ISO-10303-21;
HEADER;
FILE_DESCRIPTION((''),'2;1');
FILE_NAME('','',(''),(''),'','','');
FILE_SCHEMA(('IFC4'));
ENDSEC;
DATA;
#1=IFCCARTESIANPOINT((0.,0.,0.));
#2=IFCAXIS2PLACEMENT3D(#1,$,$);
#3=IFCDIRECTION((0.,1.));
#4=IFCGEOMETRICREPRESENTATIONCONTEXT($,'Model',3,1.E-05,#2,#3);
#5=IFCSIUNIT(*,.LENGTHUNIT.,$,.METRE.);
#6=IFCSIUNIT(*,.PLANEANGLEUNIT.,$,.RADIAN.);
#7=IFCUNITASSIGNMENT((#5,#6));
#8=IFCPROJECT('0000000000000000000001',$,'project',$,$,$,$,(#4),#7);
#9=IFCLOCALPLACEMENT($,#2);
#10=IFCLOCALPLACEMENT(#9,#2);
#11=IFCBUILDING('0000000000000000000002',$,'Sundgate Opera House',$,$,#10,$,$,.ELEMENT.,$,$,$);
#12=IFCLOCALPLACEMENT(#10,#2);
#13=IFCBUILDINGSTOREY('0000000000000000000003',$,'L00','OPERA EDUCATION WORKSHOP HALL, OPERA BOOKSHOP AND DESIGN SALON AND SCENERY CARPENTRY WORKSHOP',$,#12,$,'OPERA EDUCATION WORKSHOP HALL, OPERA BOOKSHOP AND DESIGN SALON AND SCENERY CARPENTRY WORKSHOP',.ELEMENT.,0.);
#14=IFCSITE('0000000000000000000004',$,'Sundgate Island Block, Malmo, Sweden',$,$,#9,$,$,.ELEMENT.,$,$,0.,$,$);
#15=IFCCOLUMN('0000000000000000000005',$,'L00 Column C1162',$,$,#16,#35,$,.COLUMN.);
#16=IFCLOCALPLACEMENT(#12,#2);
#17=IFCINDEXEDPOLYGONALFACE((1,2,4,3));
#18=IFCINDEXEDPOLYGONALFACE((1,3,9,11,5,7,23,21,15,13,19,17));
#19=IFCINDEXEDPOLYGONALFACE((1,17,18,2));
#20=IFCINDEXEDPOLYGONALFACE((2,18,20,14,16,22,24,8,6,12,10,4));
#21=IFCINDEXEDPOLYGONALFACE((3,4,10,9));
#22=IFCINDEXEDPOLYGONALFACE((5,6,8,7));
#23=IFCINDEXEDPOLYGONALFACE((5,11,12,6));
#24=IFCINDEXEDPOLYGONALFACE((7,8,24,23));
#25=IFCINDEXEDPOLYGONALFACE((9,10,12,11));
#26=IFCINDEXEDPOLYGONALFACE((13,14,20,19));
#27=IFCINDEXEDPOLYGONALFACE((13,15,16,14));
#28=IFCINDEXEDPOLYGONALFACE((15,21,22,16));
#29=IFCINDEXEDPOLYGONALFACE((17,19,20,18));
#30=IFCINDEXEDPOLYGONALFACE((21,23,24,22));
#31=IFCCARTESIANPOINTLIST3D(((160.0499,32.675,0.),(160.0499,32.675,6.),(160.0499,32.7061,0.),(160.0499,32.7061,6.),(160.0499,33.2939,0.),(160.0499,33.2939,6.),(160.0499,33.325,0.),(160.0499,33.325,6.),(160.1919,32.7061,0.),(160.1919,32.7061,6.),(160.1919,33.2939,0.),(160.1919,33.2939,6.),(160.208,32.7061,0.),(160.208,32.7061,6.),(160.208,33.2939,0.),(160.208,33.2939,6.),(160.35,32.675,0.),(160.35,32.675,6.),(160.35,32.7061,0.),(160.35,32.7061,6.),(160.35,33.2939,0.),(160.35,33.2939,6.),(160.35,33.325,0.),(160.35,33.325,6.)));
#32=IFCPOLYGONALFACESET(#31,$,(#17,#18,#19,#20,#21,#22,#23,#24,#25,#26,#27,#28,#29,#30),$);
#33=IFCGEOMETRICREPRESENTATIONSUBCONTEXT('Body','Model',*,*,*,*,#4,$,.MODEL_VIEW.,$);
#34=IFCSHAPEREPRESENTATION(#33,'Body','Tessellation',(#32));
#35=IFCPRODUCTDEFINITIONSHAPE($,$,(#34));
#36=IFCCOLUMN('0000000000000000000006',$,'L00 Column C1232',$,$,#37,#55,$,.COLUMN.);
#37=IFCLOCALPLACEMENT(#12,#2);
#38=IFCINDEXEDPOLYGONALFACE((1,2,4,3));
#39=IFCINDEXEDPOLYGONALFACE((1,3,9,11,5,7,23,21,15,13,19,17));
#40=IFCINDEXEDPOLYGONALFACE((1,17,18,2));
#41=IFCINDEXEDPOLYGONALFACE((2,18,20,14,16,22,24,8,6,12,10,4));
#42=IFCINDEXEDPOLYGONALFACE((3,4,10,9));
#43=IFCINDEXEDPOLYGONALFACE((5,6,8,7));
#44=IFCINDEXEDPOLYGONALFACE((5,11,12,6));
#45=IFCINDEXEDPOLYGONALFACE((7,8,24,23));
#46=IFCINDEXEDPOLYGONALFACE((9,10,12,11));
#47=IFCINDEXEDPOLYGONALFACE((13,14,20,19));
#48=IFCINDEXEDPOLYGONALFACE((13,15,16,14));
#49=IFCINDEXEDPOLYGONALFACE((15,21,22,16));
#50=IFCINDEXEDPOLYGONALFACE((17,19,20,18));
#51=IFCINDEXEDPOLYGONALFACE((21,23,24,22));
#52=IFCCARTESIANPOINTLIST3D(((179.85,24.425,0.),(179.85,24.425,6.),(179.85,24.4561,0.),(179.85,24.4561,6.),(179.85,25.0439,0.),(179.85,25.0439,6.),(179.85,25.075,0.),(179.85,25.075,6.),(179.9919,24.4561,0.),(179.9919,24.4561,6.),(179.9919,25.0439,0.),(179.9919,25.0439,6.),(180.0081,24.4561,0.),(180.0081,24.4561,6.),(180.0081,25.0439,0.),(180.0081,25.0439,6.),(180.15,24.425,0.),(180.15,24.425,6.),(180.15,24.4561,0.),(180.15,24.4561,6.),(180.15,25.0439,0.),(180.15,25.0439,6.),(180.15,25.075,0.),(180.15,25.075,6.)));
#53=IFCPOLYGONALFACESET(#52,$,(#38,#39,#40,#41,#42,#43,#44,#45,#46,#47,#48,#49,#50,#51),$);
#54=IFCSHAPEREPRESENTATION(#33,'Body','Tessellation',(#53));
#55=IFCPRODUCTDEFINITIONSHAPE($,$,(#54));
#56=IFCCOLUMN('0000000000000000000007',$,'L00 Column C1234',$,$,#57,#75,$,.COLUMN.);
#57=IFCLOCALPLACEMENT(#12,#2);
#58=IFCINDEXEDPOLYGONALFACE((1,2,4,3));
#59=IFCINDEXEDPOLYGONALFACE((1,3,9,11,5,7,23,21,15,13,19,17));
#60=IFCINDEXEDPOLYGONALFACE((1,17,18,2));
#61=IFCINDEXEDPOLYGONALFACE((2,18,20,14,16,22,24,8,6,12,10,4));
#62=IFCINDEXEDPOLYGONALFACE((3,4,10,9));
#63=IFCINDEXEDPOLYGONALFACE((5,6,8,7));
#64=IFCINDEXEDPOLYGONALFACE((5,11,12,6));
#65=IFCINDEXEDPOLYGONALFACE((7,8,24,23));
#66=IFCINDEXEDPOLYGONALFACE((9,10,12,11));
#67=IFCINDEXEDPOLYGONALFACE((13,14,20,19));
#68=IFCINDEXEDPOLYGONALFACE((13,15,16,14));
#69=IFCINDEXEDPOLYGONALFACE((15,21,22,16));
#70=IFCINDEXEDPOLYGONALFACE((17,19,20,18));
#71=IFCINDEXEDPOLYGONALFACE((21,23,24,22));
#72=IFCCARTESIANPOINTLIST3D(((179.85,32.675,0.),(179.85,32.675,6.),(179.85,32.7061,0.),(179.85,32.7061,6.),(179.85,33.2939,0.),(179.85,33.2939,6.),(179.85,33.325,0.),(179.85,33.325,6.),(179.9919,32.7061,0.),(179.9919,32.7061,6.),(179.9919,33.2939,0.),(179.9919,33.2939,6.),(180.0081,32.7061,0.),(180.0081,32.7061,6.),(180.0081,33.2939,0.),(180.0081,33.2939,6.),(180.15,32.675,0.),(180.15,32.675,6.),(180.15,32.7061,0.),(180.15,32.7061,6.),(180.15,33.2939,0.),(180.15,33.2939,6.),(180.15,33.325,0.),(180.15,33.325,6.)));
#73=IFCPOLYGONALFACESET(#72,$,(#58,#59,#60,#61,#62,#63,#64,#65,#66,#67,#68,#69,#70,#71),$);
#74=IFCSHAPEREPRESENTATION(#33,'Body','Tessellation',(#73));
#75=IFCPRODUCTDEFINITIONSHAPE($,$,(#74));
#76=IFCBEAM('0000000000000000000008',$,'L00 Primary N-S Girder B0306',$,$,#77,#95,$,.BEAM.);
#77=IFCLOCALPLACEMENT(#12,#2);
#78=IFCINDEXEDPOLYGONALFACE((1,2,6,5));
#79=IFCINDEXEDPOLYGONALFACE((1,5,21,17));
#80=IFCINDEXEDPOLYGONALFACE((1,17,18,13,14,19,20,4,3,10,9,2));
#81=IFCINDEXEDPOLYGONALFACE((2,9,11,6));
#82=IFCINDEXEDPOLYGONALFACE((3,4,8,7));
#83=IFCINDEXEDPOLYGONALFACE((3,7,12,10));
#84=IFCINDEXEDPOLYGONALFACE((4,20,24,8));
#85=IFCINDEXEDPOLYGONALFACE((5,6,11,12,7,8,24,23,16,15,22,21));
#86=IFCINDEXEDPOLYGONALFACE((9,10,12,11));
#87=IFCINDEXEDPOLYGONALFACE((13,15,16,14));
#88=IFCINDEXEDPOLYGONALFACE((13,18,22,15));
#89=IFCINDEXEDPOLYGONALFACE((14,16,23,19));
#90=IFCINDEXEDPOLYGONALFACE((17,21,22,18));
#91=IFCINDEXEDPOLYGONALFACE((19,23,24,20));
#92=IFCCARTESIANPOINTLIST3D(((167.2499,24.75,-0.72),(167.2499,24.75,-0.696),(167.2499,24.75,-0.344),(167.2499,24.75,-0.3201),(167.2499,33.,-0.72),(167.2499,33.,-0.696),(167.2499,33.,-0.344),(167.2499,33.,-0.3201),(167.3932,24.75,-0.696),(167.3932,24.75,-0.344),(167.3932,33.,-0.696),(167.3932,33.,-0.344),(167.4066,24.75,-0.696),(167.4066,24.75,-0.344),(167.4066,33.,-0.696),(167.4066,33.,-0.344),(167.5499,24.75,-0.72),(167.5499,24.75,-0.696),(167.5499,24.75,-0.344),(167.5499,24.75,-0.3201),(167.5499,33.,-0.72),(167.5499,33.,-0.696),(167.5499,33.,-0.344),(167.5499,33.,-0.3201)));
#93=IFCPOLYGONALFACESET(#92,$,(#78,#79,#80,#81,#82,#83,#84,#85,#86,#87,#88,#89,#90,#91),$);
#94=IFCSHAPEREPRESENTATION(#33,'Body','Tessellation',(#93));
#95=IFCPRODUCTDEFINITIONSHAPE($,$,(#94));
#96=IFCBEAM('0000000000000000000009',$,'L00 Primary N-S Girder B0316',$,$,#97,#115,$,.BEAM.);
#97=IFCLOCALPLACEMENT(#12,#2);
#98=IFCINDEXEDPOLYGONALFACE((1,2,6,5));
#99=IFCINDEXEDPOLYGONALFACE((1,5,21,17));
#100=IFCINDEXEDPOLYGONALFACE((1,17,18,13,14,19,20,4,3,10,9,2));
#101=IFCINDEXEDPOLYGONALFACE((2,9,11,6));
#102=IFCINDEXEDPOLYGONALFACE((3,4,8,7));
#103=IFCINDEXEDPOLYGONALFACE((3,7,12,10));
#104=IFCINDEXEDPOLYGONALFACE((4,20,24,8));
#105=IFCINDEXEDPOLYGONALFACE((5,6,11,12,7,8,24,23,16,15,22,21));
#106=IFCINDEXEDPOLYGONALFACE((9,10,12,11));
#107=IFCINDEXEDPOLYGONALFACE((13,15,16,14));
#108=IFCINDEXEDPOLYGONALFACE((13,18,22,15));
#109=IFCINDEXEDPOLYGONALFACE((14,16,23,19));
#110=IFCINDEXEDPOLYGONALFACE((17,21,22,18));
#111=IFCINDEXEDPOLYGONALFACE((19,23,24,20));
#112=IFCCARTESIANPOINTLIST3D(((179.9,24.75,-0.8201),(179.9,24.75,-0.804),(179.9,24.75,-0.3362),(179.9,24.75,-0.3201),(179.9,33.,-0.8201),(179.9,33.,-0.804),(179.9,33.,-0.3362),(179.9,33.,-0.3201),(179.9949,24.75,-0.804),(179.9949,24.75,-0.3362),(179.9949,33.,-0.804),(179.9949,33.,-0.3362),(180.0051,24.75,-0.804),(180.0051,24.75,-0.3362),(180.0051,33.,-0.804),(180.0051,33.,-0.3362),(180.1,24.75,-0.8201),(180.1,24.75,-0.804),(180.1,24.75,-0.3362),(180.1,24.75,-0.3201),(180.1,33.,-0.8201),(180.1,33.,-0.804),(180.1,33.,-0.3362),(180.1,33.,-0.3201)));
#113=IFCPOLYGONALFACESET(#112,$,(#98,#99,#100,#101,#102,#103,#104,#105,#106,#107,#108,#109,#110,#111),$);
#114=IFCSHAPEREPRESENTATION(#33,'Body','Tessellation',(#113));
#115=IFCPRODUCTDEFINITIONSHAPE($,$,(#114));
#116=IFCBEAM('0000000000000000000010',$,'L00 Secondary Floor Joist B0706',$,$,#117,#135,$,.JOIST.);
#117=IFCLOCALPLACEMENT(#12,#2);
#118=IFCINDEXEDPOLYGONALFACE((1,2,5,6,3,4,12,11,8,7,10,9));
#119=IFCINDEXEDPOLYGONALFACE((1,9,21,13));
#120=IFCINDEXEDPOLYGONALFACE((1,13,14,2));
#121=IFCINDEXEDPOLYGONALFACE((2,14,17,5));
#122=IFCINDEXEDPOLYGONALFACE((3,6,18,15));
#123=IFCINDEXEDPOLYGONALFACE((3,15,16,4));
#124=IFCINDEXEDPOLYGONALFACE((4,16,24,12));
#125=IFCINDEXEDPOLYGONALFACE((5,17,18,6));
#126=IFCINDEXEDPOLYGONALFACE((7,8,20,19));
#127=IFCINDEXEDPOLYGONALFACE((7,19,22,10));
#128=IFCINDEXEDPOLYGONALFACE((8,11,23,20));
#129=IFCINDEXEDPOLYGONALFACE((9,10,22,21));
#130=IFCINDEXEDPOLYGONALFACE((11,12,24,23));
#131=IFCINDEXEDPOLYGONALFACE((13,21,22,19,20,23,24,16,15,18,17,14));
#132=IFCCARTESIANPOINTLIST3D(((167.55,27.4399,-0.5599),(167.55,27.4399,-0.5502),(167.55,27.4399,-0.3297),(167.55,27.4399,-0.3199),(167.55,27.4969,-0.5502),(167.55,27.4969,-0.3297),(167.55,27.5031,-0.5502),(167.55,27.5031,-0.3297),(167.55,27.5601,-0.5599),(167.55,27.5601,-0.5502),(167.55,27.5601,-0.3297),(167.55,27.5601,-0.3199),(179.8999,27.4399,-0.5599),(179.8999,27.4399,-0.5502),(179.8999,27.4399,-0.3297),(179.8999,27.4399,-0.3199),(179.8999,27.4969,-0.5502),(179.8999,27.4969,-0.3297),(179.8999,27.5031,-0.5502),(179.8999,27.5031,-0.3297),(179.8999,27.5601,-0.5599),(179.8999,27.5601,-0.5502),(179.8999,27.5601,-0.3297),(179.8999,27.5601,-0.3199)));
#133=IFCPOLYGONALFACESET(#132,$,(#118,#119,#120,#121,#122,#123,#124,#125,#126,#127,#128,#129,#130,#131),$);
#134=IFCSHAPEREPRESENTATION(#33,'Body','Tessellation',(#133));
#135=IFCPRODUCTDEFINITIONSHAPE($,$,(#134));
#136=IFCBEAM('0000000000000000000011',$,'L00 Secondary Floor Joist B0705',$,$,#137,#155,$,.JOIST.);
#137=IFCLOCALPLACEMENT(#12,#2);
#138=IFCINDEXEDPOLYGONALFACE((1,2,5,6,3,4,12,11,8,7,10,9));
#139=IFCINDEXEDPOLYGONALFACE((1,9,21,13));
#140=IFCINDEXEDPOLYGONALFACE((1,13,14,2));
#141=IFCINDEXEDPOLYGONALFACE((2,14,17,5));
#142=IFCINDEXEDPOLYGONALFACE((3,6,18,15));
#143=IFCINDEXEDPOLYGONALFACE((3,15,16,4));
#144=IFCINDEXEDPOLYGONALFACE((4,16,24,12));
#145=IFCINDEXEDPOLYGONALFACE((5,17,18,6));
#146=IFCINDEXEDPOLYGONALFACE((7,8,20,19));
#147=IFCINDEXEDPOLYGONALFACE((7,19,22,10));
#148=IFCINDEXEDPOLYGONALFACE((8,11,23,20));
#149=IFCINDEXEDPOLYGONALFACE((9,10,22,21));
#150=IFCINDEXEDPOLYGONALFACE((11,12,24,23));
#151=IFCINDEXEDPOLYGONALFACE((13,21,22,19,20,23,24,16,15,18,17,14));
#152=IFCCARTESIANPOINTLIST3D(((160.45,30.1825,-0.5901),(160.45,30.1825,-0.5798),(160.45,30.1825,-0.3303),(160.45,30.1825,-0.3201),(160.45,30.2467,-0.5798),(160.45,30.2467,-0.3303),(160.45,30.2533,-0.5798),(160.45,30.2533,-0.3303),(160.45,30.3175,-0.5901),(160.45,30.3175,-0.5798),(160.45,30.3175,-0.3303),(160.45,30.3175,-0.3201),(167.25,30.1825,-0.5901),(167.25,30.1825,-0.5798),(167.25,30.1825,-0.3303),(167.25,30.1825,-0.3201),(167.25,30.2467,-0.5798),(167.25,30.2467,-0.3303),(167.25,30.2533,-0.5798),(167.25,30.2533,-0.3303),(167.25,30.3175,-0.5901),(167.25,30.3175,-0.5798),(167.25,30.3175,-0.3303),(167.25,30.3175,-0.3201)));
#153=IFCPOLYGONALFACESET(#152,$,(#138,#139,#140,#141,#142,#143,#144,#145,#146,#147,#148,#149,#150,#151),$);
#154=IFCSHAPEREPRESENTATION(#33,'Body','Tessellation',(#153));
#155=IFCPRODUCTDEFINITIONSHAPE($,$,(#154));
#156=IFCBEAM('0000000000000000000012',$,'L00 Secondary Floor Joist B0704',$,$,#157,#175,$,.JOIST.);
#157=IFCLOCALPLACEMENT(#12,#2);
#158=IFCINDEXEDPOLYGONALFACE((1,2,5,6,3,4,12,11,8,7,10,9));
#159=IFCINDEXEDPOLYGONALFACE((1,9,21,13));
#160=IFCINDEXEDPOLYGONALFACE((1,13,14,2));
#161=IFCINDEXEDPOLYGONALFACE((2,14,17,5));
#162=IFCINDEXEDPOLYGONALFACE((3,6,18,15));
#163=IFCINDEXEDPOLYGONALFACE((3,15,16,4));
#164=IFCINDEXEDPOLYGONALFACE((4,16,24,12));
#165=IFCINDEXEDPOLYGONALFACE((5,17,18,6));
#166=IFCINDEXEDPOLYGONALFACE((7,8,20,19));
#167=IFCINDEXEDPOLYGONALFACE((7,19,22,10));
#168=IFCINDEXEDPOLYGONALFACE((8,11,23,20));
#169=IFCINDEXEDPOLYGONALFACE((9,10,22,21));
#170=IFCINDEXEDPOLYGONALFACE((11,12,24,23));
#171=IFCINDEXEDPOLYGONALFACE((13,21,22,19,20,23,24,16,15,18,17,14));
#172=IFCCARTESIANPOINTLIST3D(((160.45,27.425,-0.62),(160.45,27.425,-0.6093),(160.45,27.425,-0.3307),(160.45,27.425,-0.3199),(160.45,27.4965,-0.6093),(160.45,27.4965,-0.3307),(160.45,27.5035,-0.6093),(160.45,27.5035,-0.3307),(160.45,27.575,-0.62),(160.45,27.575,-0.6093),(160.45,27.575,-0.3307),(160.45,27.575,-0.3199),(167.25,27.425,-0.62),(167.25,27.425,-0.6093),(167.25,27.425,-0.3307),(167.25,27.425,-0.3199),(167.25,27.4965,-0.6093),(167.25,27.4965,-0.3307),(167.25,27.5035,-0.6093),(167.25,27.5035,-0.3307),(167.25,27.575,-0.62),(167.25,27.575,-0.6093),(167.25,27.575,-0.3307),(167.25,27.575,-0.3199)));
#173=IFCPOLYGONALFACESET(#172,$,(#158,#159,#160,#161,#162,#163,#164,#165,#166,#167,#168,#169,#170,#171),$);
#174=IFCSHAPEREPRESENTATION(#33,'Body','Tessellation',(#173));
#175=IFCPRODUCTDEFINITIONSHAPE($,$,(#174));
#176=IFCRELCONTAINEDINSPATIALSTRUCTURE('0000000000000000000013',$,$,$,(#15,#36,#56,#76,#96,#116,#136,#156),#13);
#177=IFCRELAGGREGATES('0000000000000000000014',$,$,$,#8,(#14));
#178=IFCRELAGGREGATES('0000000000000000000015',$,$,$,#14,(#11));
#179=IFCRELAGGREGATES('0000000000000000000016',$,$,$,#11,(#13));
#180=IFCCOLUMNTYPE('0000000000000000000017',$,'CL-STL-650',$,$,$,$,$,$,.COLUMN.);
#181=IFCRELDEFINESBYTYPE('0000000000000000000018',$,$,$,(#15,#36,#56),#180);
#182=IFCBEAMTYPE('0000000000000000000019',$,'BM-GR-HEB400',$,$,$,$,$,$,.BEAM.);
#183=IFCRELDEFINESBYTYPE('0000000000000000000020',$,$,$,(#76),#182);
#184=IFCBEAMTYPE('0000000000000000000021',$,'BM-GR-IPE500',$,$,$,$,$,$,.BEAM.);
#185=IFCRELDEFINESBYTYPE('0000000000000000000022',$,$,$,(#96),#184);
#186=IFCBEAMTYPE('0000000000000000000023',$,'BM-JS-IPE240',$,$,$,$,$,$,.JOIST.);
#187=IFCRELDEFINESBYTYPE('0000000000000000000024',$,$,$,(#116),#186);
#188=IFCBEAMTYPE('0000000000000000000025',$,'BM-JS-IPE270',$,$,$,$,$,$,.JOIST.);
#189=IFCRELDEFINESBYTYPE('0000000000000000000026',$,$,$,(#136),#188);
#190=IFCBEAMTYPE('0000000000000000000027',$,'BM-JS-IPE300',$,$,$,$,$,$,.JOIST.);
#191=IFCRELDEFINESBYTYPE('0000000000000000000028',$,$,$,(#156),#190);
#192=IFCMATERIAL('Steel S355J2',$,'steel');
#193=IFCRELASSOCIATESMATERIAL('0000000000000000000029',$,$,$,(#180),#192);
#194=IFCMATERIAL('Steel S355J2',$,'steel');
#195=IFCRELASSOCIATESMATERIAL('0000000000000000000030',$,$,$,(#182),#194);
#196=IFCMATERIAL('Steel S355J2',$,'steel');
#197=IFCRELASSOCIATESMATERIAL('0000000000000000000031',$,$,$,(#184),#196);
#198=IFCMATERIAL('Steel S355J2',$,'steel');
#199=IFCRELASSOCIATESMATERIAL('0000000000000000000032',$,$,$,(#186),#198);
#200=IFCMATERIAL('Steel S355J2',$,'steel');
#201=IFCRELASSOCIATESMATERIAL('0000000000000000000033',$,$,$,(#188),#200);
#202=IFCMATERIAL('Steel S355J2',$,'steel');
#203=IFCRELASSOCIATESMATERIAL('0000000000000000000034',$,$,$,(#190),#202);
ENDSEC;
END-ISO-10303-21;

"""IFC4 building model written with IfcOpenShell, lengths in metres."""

from ifc_helpers import new_model, si_unit, direction, frame, origin, origin_2d, place, context, subcontext, project, spatial, i_section, extrude, material, material_profile, profile_set, type_object, element, save


model = new_model("IFC4")

# Units and contexts
model_context = context("Model", 3, precision=1e-05, world=origin(), true_north=direction((0.0, 1.0)))
body_context = subcontext(model_context, "Body", "Model", "MODEL_VIEW")
ifc_project = project(units=[si_unit("LENGTHUNIT", "METRE"), si_unit("PLANEANGLEUNIT", "RADIAN")], contexts=[model_context])

# Site, building, storey
site_placement = place(None, origin())
site = spatial("IfcSite", under=ifc_project, at=site_placement, Name="Sundgate Island Block, Malmo, Sweden", CompositionType="ELEMENT", RefElevation=0.0)
building_placement = place(site_placement, origin())
building = spatial("IfcBuilding", under=site, at=building_placement, Name="Sundgate Opera House", CompositionType="ELEMENT")
storey_placement = place(building_placement, origin())
storey = spatial("IfcBuildingStorey", under=building, at=storey_placement, Name="L00", Description="OPERA EDUCATION WORKSHOP HALL, OPERA BOOKSHOP AND DESIGN SALON AND SCENERY CARPENTRY WORKSHOP", LongName="OPERA EDUCATION WORKSHOP HALL, OPERA BOOKSHOP AND DESIGN SALON AND SCENERY CARPENTRY WORKSHOP", CompositionType="ELEMENT", Elevation=0.0)

# Columns
ifc_material_1 = material(Name="Steel S355J2", Category="steel")
ifc_material_profile_1 = material_profile(ifc_material_1, i_section(OverallWidth=0.3, OverallDepth=0.6499, WebThickness=0.0161, FlangeThickness=0.031, at=origin_2d()), Name="HEB 650")
ifc_profile_set_1 = profile_set([ifc_material_profile_1], Name="Steel S355J2")
column_type = type_object("IfcColumnType", Name="CL-STL-650", PredefinedType="COLUMN", material=ifc_profile_set_1)
for number, where, z_axis, x_axis, name in (
    (1, (160.2, 33.0, 0.0), (0.0, 0.0, 1.0), (1.0, 0.0, 0.0), "L00 Column C1162"),
    (2, (180.0, 24.75, 0.0), (0.0, 0.0, 1.0), (1.0, 0.0, 0.0), "L00 Column C1232"),
    (3, (180.0, 33.0, 0.0), (0.0, 0.0, 1.0), (1.0, 0.0, 0.0), "L00 Column C1234"),
):
    element("IfcColumn", number, at=place(storey_placement, frame(where, z_axis=z_axis, x_axis=x_axis)), inside=storey, type_object=column_type, Name=name, PredefinedType="COLUMN", context=body_context, shape_type="SweptSolid", body=[
        extrude(i_section(OverallWidth=0.3, OverallDepth=0.6499, WebThickness=0.0161, FlangeThickness=0.031, at=origin_2d()), origin(), (0.0, 0.0, 1.0), 6.0),
    ])

# Beams
ifc_material_2 = material(Name="Steel S355J2", Category="steel")
ifc_material_profile_2 = material_profile(ifc_material_2, i_section(OverallWidth=0.3, OverallDepth=0.3999, WebThickness=0.0134, FlangeThickness=0.0239, at=origin_2d()), Name="HEB 400")
ifc_profile_set_2 = profile_set([ifc_material_profile_2], Name="Steel S355J2")
beam_type_1 = type_object("IfcBeamType", Name="BM-GR-HEB400", PredefinedType="BEAM", material=ifc_profile_set_2)
beam_1_placement = place(storey_placement, frame((167.3999, 24.75, -0.52), z_axis=(0.0, 1.0, 0.0), x_axis=(-1.0, 0.0, 0.0)))
element("IfcBeam", 4, at=beam_1_placement, inside=storey, type_object=beam_type_1, Name="L00 Primary N-S Girder B0306", PredefinedType="BEAM", context=body_context, shape_type="SweptSolid", body=[
    extrude(i_section(OverallWidth=0.3, OverallDepth=0.3999, WebThickness=0.0134, FlangeThickness=0.0239, at=origin_2d()), origin(), (0.0, 0.0, 1.0), 8.25),
])
ifc_material_3 = material(Name="Steel S355J2", Category="steel")
ifc_material_profile_3 = material_profile(ifc_material_3, i_section(OverallWidth=0.2, OverallDepth=0.5, WebThickness=0.0103, FlangeThickness=0.0161, at=origin_2d()), Name="IPE 500")
ifc_profile_set_3 = profile_set([ifc_material_profile_3], Name="Steel S355J2")
beam_type_2 = type_object("IfcBeamType", Name="BM-GR-IPE500", PredefinedType="BEAM", material=ifc_profile_set_3)
beam_2_placement = place(storey_placement, frame((180.0, 24.75, -0.5701), z_axis=(0.0, 1.0, 0.0), x_axis=(-1.0, 0.0, 0.0)))
element("IfcBeam", 5, at=beam_2_placement, inside=storey, type_object=beam_type_2, Name="L00 Primary N-S Girder B0316", PredefinedType="BEAM", context=body_context, shape_type="SweptSolid", body=[
    extrude(i_section(OverallWidth=0.2, OverallDepth=0.5, WebThickness=0.0103, FlangeThickness=0.0161, at=origin_2d()), origin(), (0.0, 0.0, 1.0), 8.25),
])
ifc_material_4 = material(Name="Steel S355J2", Category="steel")
ifc_material_profile_4 = material_profile(ifc_material_4, i_section(OverallWidth=0.1201, OverallDepth=0.24, WebThickness=0.0061, FlangeThickness=0.0098, at=origin_2d()), Name="IPE 240")
ifc_profile_set_4 = profile_set([ifc_material_profile_4], Name="Steel S355J2")
beam_type_3 = type_object("IfcBeamType", Name="BM-JS-IPE240", PredefinedType="JOIST", material=ifc_profile_set_4)
beam_3_placement = place(storey_placement, frame((167.55, 27.5, -0.4399), z_axis=(1.0, 0.0, 0.0), x_axis=(0.0, 1.0, 0.0)))
element("IfcBeam", 6, at=beam_3_placement, inside=storey, type_object=beam_type_3, Name="L00 Secondary Floor Joist B0706", PredefinedType="JOIST", context=body_context, shape_type="SweptSolid", body=[
    extrude(i_section(OverallWidth=0.1201, OverallDepth=0.24, WebThickness=0.0061, FlangeThickness=0.0098, at=origin_2d()), origin(), (0.0, 0.0, 1.0), 12.3499),
])
ifc_material_5 = material(Name="Steel S355J2", Category="steel")
ifc_material_profile_5 = material_profile(ifc_material_5, i_section(OverallWidth=0.135, OverallDepth=0.27, WebThickness=0.0066, FlangeThickness=0.0103, at=origin_2d()), Name="IPE 270")
ifc_profile_set_5 = profile_set([ifc_material_profile_5], Name="Steel S355J2")
beam_type_4 = type_object("IfcBeamType", Name="BM-JS-IPE270", PredefinedType="JOIST", material=ifc_profile_set_5)
beam_4_placement = place(storey_placement, frame((160.45, 30.25, -0.4551), z_axis=(1.0, 0.0, 0.0), x_axis=(0.0, 1.0, 0.0)))
element("IfcBeam", 7, at=beam_4_placement, inside=storey, type_object=beam_type_4, Name="L00 Secondary Floor Joist B0705", PredefinedType="JOIST", context=body_context, shape_type="SweptSolid", body=[
    extrude(i_section(OverallWidth=0.135, OverallDepth=0.27, WebThickness=0.0066, FlangeThickness=0.0103, at=origin_2d()), origin(), (0.0, 0.0, 1.0), 6.8),
])
ifc_material_6 = material(Name="Steel S355J2", Category="steel")
ifc_material_profile_6 = material_profile(ifc_material_6, i_section(OverallWidth=0.1499, OverallDepth=0.3, WebThickness=0.0071, FlangeThickness=0.0107, at=origin_2d()), Name="IPE 300")
ifc_profile_set_6 = profile_set([ifc_material_profile_6], Name="Steel S355J2")
beam_type_5 = type_object("IfcBeamType", Name="BM-JS-IPE300", PredefinedType="JOIST", material=ifc_profile_set_6)
beam_5_placement = place(storey_placement, frame((160.45, 27.5, -0.47), z_axis=(1.0, 0.0, 0.0), x_axis=(0.0, 1.0, 0.0)))
element("IfcBeam", 8, at=beam_5_placement, inside=storey, type_object=beam_type_5, Name="L00 Secondary Floor Joist B0704", PredefinedType="JOIST", context=body_context, shape_type="SweptSolid", body=[
    extrude(i_section(OverallWidth=0.1499, OverallDepth=0.3, WebThickness=0.0071, FlangeThickness=0.0107, at=origin_2d()), origin(), (0.0, 0.0, 1.0), 6.8),
])

save(model, "model.ifc")
